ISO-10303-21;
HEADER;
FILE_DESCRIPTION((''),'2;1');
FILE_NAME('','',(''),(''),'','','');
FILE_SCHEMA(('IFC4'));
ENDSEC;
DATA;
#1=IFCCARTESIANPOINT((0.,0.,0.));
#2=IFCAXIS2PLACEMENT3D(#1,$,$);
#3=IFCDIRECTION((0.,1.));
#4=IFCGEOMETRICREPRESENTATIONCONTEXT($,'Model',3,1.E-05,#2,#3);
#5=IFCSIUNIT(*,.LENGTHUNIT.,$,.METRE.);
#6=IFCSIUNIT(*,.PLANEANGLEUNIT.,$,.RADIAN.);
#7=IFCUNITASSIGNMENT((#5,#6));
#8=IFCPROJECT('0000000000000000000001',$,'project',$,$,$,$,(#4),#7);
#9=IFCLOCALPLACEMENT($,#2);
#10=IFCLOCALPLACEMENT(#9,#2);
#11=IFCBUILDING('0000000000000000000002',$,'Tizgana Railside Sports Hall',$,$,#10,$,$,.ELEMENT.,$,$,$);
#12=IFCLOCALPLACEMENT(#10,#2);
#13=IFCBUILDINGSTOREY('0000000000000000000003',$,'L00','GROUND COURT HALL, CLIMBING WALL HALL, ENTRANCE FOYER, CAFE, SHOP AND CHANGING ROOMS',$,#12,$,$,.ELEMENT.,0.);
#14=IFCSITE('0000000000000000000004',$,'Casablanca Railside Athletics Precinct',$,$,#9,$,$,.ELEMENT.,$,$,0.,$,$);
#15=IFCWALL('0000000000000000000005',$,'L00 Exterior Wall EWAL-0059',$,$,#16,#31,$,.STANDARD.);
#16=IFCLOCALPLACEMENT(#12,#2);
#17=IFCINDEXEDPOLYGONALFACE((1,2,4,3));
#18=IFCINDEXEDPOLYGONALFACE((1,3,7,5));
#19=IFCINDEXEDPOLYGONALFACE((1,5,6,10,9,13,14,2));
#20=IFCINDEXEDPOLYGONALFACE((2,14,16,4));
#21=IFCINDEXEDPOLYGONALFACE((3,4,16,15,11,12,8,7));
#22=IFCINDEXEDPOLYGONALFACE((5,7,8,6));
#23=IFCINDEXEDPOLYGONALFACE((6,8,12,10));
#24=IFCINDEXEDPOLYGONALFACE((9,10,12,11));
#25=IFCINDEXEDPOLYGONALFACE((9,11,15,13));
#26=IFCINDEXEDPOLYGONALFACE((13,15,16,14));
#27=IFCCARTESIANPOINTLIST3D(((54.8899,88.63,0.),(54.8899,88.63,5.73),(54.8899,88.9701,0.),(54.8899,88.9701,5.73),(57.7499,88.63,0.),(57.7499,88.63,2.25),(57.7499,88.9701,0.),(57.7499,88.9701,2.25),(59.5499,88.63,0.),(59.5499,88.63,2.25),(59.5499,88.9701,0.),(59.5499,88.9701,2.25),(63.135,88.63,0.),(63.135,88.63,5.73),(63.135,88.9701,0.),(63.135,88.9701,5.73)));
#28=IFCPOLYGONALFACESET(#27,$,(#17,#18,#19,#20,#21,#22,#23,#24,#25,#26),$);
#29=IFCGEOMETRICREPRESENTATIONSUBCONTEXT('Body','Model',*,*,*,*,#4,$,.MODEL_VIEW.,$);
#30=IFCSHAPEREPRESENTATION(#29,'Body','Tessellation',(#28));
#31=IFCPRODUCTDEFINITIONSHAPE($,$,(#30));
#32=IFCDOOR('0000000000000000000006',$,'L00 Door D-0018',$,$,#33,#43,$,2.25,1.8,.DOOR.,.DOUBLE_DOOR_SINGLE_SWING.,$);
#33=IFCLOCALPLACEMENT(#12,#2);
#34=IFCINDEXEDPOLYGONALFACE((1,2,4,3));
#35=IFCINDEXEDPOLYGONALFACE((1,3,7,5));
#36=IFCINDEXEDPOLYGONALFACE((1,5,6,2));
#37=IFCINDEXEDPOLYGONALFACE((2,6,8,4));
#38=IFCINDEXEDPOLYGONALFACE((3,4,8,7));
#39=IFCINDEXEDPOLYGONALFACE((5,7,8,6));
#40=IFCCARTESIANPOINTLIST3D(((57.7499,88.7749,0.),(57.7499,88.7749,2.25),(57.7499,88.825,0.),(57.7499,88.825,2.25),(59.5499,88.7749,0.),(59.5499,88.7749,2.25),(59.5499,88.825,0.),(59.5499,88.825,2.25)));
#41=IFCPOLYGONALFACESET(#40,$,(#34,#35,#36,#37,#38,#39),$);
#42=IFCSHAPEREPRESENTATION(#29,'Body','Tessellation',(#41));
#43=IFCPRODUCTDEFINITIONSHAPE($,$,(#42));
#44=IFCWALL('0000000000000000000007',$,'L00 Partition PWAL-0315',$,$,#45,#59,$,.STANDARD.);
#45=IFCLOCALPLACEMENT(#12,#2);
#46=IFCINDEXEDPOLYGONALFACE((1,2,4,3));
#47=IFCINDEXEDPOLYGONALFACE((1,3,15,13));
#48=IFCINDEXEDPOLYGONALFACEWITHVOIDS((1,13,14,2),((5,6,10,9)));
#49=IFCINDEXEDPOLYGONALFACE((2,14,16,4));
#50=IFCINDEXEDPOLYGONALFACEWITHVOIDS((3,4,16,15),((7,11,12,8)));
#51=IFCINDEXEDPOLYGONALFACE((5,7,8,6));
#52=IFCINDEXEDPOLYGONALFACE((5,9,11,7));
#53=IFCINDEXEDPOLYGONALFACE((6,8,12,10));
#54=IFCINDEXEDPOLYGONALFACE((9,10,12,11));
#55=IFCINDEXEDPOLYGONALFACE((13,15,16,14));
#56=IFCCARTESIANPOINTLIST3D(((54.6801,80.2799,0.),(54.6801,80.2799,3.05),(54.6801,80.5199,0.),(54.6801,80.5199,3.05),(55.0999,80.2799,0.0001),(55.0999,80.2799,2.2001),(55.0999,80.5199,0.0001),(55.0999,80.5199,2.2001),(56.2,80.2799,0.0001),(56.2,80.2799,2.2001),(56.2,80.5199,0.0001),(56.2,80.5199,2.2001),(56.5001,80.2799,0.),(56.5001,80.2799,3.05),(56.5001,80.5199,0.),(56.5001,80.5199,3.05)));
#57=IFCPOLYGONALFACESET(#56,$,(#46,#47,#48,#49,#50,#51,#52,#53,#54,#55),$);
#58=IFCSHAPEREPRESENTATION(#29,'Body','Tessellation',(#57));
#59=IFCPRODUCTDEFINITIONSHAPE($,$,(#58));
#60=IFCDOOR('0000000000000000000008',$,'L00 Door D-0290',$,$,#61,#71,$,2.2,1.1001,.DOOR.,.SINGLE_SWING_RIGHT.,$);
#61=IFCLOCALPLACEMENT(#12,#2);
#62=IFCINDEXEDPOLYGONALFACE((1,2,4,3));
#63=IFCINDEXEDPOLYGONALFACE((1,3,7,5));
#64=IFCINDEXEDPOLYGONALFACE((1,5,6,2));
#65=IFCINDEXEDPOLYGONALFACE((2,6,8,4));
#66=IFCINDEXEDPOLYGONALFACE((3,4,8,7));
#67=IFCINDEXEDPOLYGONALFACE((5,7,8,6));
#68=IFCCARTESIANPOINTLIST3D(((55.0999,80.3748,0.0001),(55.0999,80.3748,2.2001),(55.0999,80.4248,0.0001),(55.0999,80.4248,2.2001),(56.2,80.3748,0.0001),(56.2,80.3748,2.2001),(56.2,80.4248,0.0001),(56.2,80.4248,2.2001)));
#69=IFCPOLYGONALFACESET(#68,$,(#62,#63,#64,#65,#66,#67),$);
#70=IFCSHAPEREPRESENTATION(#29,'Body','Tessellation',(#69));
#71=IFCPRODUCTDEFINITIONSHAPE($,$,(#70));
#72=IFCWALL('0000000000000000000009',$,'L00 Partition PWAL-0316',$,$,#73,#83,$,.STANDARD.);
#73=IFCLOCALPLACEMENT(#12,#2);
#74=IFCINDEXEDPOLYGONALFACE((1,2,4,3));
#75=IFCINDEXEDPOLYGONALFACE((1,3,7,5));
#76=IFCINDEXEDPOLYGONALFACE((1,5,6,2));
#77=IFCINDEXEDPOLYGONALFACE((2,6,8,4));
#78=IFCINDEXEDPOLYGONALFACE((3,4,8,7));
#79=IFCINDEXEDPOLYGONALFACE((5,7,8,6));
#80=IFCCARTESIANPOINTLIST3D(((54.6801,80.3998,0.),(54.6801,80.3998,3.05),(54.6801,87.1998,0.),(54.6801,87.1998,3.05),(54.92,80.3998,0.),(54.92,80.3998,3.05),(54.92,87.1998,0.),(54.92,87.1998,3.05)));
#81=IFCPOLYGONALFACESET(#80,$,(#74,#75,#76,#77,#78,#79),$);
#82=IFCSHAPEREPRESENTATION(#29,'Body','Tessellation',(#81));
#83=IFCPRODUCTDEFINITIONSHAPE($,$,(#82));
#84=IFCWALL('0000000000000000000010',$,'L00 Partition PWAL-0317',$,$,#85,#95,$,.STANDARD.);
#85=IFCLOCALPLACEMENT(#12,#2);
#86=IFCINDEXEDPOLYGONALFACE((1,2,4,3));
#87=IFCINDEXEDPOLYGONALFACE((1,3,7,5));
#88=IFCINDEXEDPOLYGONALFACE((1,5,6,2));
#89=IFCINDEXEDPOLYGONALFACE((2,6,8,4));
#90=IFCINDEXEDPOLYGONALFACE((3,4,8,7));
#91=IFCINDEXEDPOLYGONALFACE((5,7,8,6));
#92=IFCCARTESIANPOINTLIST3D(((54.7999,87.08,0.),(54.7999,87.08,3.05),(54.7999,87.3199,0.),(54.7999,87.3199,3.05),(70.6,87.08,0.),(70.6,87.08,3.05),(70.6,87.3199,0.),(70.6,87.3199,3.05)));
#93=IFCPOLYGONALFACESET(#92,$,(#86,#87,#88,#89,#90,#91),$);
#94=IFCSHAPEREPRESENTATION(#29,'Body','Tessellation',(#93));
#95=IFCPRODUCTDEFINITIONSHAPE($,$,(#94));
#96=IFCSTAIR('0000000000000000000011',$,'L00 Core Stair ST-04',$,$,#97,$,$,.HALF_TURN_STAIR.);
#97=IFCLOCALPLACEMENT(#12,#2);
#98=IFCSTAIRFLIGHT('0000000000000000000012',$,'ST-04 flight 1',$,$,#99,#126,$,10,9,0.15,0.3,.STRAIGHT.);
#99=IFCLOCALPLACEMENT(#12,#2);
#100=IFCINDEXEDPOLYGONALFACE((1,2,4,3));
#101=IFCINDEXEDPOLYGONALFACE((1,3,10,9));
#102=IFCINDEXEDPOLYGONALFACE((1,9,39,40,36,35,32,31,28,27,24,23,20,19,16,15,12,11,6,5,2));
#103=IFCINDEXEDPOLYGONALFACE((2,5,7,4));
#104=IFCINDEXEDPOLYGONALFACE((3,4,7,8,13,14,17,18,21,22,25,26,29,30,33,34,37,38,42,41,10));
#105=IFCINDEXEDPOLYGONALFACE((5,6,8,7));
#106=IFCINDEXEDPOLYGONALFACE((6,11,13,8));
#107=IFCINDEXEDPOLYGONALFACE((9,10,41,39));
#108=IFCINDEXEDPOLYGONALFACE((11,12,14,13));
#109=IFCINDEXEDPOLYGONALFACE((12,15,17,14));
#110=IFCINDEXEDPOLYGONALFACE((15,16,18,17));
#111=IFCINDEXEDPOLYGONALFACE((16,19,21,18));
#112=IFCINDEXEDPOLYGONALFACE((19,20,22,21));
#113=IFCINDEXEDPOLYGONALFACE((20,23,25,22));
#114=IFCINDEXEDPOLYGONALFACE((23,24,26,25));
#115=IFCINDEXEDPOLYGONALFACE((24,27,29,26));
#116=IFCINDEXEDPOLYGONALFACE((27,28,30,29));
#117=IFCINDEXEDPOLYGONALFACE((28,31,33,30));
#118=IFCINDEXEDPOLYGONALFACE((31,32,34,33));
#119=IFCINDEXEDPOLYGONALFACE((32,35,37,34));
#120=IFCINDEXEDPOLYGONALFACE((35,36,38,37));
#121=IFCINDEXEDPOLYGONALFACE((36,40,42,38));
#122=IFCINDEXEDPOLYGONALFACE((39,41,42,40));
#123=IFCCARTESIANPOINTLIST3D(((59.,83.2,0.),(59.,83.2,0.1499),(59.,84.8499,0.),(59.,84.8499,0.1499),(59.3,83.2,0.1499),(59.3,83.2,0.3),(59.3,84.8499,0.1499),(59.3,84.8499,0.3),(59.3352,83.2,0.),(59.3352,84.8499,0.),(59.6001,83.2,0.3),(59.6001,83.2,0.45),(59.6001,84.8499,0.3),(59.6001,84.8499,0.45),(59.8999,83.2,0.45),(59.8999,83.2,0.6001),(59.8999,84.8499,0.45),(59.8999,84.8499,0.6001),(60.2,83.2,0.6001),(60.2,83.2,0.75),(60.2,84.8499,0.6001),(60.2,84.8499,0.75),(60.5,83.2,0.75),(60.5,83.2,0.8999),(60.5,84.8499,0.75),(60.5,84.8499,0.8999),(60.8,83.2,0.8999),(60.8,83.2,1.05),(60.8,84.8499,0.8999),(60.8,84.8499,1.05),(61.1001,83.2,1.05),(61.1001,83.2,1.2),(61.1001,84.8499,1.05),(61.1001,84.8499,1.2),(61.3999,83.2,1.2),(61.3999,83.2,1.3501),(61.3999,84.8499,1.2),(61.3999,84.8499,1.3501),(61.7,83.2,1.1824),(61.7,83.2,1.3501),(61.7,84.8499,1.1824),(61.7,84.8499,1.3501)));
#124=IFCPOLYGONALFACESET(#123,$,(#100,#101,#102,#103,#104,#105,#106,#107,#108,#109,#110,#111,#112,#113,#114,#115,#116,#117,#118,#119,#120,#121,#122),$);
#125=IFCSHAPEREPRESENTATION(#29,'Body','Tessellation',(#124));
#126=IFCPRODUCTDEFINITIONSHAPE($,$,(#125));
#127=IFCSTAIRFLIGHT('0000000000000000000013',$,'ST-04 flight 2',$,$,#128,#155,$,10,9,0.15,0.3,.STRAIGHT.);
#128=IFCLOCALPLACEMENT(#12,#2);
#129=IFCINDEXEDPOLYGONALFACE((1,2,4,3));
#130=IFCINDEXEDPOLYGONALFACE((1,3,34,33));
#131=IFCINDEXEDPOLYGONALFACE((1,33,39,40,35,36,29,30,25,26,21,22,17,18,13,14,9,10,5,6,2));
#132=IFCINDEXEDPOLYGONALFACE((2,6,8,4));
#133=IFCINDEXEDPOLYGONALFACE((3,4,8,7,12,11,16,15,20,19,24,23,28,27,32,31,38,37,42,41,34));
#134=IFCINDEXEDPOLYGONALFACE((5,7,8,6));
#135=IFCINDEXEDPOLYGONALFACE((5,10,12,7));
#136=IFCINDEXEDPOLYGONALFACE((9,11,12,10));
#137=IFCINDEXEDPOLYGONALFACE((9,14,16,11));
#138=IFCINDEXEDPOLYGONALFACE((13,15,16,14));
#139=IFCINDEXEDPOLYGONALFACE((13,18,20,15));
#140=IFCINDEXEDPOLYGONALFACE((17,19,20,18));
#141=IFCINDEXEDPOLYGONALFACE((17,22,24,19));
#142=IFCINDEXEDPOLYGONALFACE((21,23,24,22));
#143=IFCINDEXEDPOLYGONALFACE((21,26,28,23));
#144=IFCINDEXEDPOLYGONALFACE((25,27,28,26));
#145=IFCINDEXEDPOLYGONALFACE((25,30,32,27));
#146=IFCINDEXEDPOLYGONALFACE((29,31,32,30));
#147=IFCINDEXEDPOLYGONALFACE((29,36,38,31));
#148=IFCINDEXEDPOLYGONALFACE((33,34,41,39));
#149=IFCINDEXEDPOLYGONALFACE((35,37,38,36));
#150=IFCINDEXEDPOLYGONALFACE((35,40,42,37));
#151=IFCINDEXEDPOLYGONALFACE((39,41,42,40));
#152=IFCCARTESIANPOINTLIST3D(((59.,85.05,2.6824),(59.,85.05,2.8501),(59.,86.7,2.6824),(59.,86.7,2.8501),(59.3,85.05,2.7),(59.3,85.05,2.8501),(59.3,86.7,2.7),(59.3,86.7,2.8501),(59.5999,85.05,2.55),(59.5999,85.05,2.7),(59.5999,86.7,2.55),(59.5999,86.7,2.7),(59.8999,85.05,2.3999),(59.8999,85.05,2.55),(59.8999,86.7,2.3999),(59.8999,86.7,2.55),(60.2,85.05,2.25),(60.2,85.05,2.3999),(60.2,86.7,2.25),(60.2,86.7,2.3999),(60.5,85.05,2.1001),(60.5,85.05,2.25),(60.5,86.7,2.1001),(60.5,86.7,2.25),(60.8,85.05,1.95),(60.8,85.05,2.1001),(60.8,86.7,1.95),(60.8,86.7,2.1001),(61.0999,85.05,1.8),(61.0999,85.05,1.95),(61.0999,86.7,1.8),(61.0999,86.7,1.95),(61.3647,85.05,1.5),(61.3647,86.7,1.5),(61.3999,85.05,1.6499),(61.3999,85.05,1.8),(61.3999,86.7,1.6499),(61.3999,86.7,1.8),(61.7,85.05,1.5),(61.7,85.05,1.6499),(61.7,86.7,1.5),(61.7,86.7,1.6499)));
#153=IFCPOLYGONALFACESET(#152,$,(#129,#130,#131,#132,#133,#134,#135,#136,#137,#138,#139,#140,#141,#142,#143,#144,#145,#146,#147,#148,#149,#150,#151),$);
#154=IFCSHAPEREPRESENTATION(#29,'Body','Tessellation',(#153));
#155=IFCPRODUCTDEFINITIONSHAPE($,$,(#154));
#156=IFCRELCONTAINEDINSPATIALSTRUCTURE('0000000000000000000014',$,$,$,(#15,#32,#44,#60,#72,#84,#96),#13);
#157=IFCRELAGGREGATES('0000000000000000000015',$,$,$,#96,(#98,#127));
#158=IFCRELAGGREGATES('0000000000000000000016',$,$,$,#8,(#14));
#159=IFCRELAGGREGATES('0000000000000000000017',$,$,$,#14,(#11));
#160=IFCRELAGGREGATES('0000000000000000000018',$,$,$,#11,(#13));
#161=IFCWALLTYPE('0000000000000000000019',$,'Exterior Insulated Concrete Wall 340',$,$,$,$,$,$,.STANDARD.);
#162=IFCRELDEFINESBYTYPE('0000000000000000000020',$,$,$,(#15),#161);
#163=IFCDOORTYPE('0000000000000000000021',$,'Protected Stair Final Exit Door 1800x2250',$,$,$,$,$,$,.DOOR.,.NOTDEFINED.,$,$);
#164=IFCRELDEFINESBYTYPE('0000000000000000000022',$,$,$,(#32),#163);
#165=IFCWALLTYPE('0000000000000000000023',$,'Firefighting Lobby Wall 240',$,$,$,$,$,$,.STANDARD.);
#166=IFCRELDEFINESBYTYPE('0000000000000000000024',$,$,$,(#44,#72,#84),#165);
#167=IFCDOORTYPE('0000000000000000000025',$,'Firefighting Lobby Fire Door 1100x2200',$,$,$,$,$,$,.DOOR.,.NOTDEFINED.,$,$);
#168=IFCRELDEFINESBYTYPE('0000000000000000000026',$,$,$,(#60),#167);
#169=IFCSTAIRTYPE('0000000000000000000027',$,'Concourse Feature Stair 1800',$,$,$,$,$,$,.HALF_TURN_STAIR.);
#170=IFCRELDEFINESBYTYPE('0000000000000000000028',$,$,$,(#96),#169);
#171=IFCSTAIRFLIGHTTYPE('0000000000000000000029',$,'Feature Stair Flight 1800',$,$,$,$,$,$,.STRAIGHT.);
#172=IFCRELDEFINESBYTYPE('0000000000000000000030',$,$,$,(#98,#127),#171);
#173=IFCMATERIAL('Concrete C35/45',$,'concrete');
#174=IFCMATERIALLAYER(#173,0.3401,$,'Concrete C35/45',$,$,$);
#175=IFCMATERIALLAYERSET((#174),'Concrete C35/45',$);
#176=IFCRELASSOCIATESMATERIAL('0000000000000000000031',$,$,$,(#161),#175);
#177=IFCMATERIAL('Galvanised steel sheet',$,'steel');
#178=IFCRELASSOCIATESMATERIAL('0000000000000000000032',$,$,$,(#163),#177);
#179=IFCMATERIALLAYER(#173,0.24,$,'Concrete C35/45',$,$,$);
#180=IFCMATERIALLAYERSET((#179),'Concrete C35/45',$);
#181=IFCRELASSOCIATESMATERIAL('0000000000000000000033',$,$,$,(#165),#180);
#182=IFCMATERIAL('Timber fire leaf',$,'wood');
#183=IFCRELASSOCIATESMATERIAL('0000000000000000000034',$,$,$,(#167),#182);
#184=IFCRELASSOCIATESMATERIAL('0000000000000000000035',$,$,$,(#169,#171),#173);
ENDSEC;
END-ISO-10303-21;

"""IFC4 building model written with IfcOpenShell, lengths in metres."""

from ifc_helpers import new_model, si_unit, direction, frame, frame_2d, origin, place, context, subcontext, project, spatial, polyline, rectangle, outline, extrude, material, layer, layer_set, type_object, element, fill, aggregate, save


model = new_model("IFC4")

# Units and contexts
model_context = context("Model", 3, precision=1e-05, world=origin(), true_north=direction((0.0, 1.0)))
body_context = subcontext(model_context, "Body", "Model", "MODEL_VIEW")
ifc_project = project(units=[si_unit("LENGTHUNIT", "METRE"), si_unit("PLANEANGLEUNIT", "RADIAN")], contexts=[model_context])

# Site, building, storey
site_placement = place(None, origin())
site = spatial("IfcSite", under=ifc_project, at=site_placement, Name="Casablanca Railside Athletics Precinct", CompositionType="ELEMENT", RefElevation=0.0)
building_placement = place(site_placement, origin())
building = spatial("IfcBuilding", under=site, at=building_placement, Name="Tizgana Railside Sports Hall", CompositionType="ELEMENT")
storey_placement = place(building_placement, origin())
storey = spatial("IfcBuildingStorey", under=building, at=storey_placement, Name="L00", Description="GROUND COURT HALL, CLIMBING WALL HALL, ENTRANCE FOYER, CAFE, SHOP AND CHANGING ROOMS", CompositionType="ELEMENT", Elevation=0.0)

# Walls, openings, doors
ifc_material_1 = material(Name="Timber fire leaf", Category="wood")
ifc_material_2 = material(Name="Concrete C35/45", Category="concrete")
ifc_layer_1 = layer(ifc_material_2, 0.3401, Name="Concrete C35/45")
ifc_layer_set_1 = layer_set([ifc_layer_1], Name="Concrete C35/45")
wall_type_1 = type_object("IfcWallType", Name="Exterior Insulated Concrete Wall 340", PredefinedType="STANDARD", material=ifc_layer_set_1)
wall_1_placement = place(storey_placement, frame((54.8899, 88.8, 0.0), z_axis=(0.0, 0.0, 1.0), x_axis=(1.0, 0.0, 0.0)))
wall_1 = element("IfcWall", 1, at=wall_1_placement, inside=storey, type_object=wall_type_1, Name="L00 Exterior Wall EWAL-0059", PredefinedType="STANDARD", context=body_context, shape_type="SweptSolid", body=[
    extrude(rectangle(XDim=8.2451, YDim=0.3401, at=frame_2d((4.1226, 0.0))), origin(), (0.0, 0.0, 1.0), 5.73),
])
opening_1_placement = place(wall_1_placement, frame((2.8601, 0.0, 0.0)))
opening_1 = element("IfcOpeningElement", 2, at=opening_1_placement, cuts=wall_1, PredefinedType="OPENING", context=body_context, shape_type="SweptSolid", body=[
    extrude(rectangle(XDim=1.8, YDim=2.25, at=frame_2d((0.8999, 1.125))), frame((0.0, 0.1799, 0.0), z_axis=(0.0, -1.0, 0.0), x_axis=(1.0, 0.0, 0.0)), (0.0, 0.0, 1.0), 0.3601),
])
ifc_material_3 = material(Name="Galvanised steel sheet", Category="steel")
door_type_1 = type_object("IfcDoorType", Name="Protected Stair Final Exit Door 1800x2250", OperationType="NOTDEFINED", PredefinedType="DOOR", material=ifc_material_3)
door_1_placement = place(opening_1_placement, origin())
door_1 = element("IfcDoor", 3, at=door_1_placement, inside=storey, type_object=door_type_1, Name="L00 Door D-0018", OperationType="DOUBLE_DOOR_SINGLE_SWING", OverallHeight=2.25, OverallWidth=1.8, PredefinedType="DOOR", context=body_context, shape_type="SweptSolid", body=[
    extrude(rectangle(XDim=1.8, YDim=2.25, at=frame_2d((0.8999, 1.125))), frame((0.0, 0.0249, 0.0), z_axis=(0.0, -1.0, 0.0), x_axis=(1.0, 0.0, 0.0)), (0.0, 0.0, 1.0), 0.05),
])
fill(opening_1, door_1)
ifc_layer_2 = layer(ifc_material_2, 0.24, Name="Concrete C35/45")
ifc_layer_set_2 = layer_set([ifc_layer_2], Name="Concrete C35/45")
wall_type_2 = type_object("IfcWallType", Name="Firefighting Lobby Wall 240", PredefinedType="STANDARD", material=ifc_layer_set_2)
wall_2_placement = place(storey_placement, frame((54.6799, 80.3999, 0.0), z_axis=(0.0, 0.0, 1.0), x_axis=(1.0, 0.0, 0.0)))
wall_2 = element("IfcWall", 4, at=wall_2_placement, inside=storey, type_object=wall_type_2, Name="L00 Partition PWAL-0315", PredefinedType="STANDARD", context=body_context, shape_type="SweptSolid", body=[
    extrude(rectangle(XDim=1.8201, YDim=0.24, at=frame_2d((0.9102, 0.0))), origin(), (0.0, 0.0, 1.0), 3.05),
])
opening_2_placement = place(wall_2_placement, frame((0.4199, 0.0, 0.0)))
opening_2 = element("IfcOpeningElement", 5, at=opening_2_placement, cuts=wall_2, PredefinedType="OPENING", context=body_context, shape_type="SweptSolid", body=[
    extrude(rectangle(XDim=1.1001, YDim=2.2, at=frame_2d((0.55, 1.1001))), frame((0.0, 0.1299, 0.0), z_axis=(0.0, -1.0, 0.0), x_axis=(1.0, 0.0, 0.0)), (0.0, 0.0, 1.0), 0.26),
])
door_type_2 = type_object("IfcDoorType", Name="Firefighting Lobby Fire Door 1100x2200", OperationType="NOTDEFINED", PredefinedType="DOOR", material=ifc_material_1)
door_2_placement = place(opening_2_placement, origin())
door_2 = element("IfcDoor", 6, at=door_2_placement, inside=storey, type_object=door_type_2, Name="L00 Door D-0290", OperationType="SINGLE_SWING_RIGHT", OverallHeight=2.2, OverallWidth=1.1001, PredefinedType="DOOR", context=body_context, shape_type="SweptSolid", body=[
    extrude(rectangle(XDim=1.1001, YDim=2.2, at=frame_2d((0.55, 1.1001))), frame((0.0, 0.0249, 0.0), z_axis=(0.0, -1.0, 0.0), x_axis=(1.0, 0.0, 0.0)), (0.0, 0.0, 1.0), 0.05),
])
fill(opening_2, door_2)

# Walls
wall_3_placement = place(storey_placement, frame((54.8, 80.3999, 0.0), z_axis=(0.0, 0.0, 1.0), x_axis=(0.0, 1.0, 0.0)))
element("IfcWall", 7, at=wall_3_placement, inside=storey, type_object=wall_type_2, Name="L00 Partition PWAL-0316", PredefinedType="STANDARD", context=body_context, shape_type="SweptSolid", body=[
    extrude(rectangle(XDim=6.8, YDim=0.24, at=frame_2d((3.3999, 0.0))), origin(), (0.0, 0.0, 1.0), 3.05),
])
wall_4_placement = place(storey_placement, frame((54.8, 87.2, 0.0), z_axis=(0.0, 0.0, 1.0), x_axis=(1.0, 0.0, 0.0)))
element("IfcWall", 8, at=wall_4_placement, inside=storey, type_object=wall_type_2, Name="L00 Partition PWAL-0317", PredefinedType="STANDARD", context=body_context, shape_type="SweptSolid", body=[
    extrude(rectangle(XDim=15.8, YDim=0.24, at=frame_2d((7.8999, 0.0))), origin(), (0.0, 0.0, 1.0), 3.05),
])

# Stair, stair flights
stair_type = type_object("IfcStairType", Name="Concourse Feature Stair 1800", PredefinedType="HALF_TURN_STAIR", material=ifc_material_2)
stair_placement = place(storey_placement, origin())
stair = element("IfcStair", 9, at=stair_placement, inside=storey, type_object=stair_type, Name="L00 Core Stair ST-04", PredefinedType="HALF_TURN_STAIR")
stair_flight_type = type_object("IfcStairFlightType", Name="Feature Stair Flight 1800", PredefinedType="STRAIGHT", material=ifc_material_2)
stair_flight_1_placement = place(storey_placement, frame((59.0, 84.0249, 0.0), z_axis=(0.0, 0.0, 1.0), x_axis=(1.0, 0.0, 0.0)))
stair_flight_1 = element("IfcStairFlight", 10, at=stair_flight_1_placement, type_object=stair_flight_type, Name="ST-04 flight 1", NumberOfRisers=10, NumberOfTreads=9, PredefinedType="STRAIGHT", RiserHeight=0.15, TreadLength=0.3, context=body_context, shape_type="SweptSolid", body=[
    extrude(outline(polyline([(0.0, 0.0), (0.0, 0.1499), (0.3, 0.1499), (0.3, 0.3), (0.6001, 0.3), (0.6001, 0.45), (0.8999, 0.45), (0.8999, 0.6001), (1.2, 0.6001), (1.2, 0.75), (1.5, 0.75), (1.5, 0.8999), (1.8, 0.8999), (1.8, 1.05), (2.1001, 1.05), (2.1001, 1.2), (2.3999, 1.2), (2.3999, 1.3501), (2.7, 1.3501), (2.7, 1.5), (2.7, 1.1824), (0.3352, 0.0), (0.0, 0.0)])), frame((0.0, 0.825, 0.0), z_axis=(0.0, -1.0, 0.0), x_axis=(1.0, 0.0, 0.0)), (0.0, 0.0, 1.0), 1.6499),
])
stair_flight_2_placement = place(storey_placement, frame((61.7, 85.875, 1.5), z_axis=(0.0, 0.0, 1.0), x_axis=(-1.0, 0.0, 0.0)))
stair_flight_2 = element("IfcStairFlight", 11, at=stair_flight_2_placement, type_object=stair_flight_type, Name="ST-04 flight 2", NumberOfRisers=10, NumberOfTreads=9, PredefinedType="STRAIGHT", RiserHeight=0.15, TreadLength=0.3, context=body_context, shape_type="SweptSolid", body=[
    extrude(outline(polyline([(0.0, 0.0), (0.0, 0.1499), (0.3, 0.1499), (0.3, 0.3), (0.6001, 0.3), (0.6001, 0.45), (0.8999, 0.45), (0.8999, 0.6001), (1.2, 0.6001), (1.2, 0.75), (1.5, 0.75), (1.5, 0.8999), (1.8, 0.8999), (1.8, 1.05), (2.1001, 1.05), (2.1001, 1.2), (2.3999, 1.2), (2.3999, 1.3501), (2.7, 1.3501), (2.7, 1.5), (2.7, 1.1824), (0.3352, 0.0), (0.0, 0.0)])), frame((0.0, 0.825, 0.0), z_axis=(0.0, -1.0, 0.0), x_axis=(1.0, 0.0, 0.0)), (0.0, 0.0, 1.0), 1.6499),
])
aggregate(stair, [stair_flight_1, stair_flight_2])

save(model, "model.ifc")
